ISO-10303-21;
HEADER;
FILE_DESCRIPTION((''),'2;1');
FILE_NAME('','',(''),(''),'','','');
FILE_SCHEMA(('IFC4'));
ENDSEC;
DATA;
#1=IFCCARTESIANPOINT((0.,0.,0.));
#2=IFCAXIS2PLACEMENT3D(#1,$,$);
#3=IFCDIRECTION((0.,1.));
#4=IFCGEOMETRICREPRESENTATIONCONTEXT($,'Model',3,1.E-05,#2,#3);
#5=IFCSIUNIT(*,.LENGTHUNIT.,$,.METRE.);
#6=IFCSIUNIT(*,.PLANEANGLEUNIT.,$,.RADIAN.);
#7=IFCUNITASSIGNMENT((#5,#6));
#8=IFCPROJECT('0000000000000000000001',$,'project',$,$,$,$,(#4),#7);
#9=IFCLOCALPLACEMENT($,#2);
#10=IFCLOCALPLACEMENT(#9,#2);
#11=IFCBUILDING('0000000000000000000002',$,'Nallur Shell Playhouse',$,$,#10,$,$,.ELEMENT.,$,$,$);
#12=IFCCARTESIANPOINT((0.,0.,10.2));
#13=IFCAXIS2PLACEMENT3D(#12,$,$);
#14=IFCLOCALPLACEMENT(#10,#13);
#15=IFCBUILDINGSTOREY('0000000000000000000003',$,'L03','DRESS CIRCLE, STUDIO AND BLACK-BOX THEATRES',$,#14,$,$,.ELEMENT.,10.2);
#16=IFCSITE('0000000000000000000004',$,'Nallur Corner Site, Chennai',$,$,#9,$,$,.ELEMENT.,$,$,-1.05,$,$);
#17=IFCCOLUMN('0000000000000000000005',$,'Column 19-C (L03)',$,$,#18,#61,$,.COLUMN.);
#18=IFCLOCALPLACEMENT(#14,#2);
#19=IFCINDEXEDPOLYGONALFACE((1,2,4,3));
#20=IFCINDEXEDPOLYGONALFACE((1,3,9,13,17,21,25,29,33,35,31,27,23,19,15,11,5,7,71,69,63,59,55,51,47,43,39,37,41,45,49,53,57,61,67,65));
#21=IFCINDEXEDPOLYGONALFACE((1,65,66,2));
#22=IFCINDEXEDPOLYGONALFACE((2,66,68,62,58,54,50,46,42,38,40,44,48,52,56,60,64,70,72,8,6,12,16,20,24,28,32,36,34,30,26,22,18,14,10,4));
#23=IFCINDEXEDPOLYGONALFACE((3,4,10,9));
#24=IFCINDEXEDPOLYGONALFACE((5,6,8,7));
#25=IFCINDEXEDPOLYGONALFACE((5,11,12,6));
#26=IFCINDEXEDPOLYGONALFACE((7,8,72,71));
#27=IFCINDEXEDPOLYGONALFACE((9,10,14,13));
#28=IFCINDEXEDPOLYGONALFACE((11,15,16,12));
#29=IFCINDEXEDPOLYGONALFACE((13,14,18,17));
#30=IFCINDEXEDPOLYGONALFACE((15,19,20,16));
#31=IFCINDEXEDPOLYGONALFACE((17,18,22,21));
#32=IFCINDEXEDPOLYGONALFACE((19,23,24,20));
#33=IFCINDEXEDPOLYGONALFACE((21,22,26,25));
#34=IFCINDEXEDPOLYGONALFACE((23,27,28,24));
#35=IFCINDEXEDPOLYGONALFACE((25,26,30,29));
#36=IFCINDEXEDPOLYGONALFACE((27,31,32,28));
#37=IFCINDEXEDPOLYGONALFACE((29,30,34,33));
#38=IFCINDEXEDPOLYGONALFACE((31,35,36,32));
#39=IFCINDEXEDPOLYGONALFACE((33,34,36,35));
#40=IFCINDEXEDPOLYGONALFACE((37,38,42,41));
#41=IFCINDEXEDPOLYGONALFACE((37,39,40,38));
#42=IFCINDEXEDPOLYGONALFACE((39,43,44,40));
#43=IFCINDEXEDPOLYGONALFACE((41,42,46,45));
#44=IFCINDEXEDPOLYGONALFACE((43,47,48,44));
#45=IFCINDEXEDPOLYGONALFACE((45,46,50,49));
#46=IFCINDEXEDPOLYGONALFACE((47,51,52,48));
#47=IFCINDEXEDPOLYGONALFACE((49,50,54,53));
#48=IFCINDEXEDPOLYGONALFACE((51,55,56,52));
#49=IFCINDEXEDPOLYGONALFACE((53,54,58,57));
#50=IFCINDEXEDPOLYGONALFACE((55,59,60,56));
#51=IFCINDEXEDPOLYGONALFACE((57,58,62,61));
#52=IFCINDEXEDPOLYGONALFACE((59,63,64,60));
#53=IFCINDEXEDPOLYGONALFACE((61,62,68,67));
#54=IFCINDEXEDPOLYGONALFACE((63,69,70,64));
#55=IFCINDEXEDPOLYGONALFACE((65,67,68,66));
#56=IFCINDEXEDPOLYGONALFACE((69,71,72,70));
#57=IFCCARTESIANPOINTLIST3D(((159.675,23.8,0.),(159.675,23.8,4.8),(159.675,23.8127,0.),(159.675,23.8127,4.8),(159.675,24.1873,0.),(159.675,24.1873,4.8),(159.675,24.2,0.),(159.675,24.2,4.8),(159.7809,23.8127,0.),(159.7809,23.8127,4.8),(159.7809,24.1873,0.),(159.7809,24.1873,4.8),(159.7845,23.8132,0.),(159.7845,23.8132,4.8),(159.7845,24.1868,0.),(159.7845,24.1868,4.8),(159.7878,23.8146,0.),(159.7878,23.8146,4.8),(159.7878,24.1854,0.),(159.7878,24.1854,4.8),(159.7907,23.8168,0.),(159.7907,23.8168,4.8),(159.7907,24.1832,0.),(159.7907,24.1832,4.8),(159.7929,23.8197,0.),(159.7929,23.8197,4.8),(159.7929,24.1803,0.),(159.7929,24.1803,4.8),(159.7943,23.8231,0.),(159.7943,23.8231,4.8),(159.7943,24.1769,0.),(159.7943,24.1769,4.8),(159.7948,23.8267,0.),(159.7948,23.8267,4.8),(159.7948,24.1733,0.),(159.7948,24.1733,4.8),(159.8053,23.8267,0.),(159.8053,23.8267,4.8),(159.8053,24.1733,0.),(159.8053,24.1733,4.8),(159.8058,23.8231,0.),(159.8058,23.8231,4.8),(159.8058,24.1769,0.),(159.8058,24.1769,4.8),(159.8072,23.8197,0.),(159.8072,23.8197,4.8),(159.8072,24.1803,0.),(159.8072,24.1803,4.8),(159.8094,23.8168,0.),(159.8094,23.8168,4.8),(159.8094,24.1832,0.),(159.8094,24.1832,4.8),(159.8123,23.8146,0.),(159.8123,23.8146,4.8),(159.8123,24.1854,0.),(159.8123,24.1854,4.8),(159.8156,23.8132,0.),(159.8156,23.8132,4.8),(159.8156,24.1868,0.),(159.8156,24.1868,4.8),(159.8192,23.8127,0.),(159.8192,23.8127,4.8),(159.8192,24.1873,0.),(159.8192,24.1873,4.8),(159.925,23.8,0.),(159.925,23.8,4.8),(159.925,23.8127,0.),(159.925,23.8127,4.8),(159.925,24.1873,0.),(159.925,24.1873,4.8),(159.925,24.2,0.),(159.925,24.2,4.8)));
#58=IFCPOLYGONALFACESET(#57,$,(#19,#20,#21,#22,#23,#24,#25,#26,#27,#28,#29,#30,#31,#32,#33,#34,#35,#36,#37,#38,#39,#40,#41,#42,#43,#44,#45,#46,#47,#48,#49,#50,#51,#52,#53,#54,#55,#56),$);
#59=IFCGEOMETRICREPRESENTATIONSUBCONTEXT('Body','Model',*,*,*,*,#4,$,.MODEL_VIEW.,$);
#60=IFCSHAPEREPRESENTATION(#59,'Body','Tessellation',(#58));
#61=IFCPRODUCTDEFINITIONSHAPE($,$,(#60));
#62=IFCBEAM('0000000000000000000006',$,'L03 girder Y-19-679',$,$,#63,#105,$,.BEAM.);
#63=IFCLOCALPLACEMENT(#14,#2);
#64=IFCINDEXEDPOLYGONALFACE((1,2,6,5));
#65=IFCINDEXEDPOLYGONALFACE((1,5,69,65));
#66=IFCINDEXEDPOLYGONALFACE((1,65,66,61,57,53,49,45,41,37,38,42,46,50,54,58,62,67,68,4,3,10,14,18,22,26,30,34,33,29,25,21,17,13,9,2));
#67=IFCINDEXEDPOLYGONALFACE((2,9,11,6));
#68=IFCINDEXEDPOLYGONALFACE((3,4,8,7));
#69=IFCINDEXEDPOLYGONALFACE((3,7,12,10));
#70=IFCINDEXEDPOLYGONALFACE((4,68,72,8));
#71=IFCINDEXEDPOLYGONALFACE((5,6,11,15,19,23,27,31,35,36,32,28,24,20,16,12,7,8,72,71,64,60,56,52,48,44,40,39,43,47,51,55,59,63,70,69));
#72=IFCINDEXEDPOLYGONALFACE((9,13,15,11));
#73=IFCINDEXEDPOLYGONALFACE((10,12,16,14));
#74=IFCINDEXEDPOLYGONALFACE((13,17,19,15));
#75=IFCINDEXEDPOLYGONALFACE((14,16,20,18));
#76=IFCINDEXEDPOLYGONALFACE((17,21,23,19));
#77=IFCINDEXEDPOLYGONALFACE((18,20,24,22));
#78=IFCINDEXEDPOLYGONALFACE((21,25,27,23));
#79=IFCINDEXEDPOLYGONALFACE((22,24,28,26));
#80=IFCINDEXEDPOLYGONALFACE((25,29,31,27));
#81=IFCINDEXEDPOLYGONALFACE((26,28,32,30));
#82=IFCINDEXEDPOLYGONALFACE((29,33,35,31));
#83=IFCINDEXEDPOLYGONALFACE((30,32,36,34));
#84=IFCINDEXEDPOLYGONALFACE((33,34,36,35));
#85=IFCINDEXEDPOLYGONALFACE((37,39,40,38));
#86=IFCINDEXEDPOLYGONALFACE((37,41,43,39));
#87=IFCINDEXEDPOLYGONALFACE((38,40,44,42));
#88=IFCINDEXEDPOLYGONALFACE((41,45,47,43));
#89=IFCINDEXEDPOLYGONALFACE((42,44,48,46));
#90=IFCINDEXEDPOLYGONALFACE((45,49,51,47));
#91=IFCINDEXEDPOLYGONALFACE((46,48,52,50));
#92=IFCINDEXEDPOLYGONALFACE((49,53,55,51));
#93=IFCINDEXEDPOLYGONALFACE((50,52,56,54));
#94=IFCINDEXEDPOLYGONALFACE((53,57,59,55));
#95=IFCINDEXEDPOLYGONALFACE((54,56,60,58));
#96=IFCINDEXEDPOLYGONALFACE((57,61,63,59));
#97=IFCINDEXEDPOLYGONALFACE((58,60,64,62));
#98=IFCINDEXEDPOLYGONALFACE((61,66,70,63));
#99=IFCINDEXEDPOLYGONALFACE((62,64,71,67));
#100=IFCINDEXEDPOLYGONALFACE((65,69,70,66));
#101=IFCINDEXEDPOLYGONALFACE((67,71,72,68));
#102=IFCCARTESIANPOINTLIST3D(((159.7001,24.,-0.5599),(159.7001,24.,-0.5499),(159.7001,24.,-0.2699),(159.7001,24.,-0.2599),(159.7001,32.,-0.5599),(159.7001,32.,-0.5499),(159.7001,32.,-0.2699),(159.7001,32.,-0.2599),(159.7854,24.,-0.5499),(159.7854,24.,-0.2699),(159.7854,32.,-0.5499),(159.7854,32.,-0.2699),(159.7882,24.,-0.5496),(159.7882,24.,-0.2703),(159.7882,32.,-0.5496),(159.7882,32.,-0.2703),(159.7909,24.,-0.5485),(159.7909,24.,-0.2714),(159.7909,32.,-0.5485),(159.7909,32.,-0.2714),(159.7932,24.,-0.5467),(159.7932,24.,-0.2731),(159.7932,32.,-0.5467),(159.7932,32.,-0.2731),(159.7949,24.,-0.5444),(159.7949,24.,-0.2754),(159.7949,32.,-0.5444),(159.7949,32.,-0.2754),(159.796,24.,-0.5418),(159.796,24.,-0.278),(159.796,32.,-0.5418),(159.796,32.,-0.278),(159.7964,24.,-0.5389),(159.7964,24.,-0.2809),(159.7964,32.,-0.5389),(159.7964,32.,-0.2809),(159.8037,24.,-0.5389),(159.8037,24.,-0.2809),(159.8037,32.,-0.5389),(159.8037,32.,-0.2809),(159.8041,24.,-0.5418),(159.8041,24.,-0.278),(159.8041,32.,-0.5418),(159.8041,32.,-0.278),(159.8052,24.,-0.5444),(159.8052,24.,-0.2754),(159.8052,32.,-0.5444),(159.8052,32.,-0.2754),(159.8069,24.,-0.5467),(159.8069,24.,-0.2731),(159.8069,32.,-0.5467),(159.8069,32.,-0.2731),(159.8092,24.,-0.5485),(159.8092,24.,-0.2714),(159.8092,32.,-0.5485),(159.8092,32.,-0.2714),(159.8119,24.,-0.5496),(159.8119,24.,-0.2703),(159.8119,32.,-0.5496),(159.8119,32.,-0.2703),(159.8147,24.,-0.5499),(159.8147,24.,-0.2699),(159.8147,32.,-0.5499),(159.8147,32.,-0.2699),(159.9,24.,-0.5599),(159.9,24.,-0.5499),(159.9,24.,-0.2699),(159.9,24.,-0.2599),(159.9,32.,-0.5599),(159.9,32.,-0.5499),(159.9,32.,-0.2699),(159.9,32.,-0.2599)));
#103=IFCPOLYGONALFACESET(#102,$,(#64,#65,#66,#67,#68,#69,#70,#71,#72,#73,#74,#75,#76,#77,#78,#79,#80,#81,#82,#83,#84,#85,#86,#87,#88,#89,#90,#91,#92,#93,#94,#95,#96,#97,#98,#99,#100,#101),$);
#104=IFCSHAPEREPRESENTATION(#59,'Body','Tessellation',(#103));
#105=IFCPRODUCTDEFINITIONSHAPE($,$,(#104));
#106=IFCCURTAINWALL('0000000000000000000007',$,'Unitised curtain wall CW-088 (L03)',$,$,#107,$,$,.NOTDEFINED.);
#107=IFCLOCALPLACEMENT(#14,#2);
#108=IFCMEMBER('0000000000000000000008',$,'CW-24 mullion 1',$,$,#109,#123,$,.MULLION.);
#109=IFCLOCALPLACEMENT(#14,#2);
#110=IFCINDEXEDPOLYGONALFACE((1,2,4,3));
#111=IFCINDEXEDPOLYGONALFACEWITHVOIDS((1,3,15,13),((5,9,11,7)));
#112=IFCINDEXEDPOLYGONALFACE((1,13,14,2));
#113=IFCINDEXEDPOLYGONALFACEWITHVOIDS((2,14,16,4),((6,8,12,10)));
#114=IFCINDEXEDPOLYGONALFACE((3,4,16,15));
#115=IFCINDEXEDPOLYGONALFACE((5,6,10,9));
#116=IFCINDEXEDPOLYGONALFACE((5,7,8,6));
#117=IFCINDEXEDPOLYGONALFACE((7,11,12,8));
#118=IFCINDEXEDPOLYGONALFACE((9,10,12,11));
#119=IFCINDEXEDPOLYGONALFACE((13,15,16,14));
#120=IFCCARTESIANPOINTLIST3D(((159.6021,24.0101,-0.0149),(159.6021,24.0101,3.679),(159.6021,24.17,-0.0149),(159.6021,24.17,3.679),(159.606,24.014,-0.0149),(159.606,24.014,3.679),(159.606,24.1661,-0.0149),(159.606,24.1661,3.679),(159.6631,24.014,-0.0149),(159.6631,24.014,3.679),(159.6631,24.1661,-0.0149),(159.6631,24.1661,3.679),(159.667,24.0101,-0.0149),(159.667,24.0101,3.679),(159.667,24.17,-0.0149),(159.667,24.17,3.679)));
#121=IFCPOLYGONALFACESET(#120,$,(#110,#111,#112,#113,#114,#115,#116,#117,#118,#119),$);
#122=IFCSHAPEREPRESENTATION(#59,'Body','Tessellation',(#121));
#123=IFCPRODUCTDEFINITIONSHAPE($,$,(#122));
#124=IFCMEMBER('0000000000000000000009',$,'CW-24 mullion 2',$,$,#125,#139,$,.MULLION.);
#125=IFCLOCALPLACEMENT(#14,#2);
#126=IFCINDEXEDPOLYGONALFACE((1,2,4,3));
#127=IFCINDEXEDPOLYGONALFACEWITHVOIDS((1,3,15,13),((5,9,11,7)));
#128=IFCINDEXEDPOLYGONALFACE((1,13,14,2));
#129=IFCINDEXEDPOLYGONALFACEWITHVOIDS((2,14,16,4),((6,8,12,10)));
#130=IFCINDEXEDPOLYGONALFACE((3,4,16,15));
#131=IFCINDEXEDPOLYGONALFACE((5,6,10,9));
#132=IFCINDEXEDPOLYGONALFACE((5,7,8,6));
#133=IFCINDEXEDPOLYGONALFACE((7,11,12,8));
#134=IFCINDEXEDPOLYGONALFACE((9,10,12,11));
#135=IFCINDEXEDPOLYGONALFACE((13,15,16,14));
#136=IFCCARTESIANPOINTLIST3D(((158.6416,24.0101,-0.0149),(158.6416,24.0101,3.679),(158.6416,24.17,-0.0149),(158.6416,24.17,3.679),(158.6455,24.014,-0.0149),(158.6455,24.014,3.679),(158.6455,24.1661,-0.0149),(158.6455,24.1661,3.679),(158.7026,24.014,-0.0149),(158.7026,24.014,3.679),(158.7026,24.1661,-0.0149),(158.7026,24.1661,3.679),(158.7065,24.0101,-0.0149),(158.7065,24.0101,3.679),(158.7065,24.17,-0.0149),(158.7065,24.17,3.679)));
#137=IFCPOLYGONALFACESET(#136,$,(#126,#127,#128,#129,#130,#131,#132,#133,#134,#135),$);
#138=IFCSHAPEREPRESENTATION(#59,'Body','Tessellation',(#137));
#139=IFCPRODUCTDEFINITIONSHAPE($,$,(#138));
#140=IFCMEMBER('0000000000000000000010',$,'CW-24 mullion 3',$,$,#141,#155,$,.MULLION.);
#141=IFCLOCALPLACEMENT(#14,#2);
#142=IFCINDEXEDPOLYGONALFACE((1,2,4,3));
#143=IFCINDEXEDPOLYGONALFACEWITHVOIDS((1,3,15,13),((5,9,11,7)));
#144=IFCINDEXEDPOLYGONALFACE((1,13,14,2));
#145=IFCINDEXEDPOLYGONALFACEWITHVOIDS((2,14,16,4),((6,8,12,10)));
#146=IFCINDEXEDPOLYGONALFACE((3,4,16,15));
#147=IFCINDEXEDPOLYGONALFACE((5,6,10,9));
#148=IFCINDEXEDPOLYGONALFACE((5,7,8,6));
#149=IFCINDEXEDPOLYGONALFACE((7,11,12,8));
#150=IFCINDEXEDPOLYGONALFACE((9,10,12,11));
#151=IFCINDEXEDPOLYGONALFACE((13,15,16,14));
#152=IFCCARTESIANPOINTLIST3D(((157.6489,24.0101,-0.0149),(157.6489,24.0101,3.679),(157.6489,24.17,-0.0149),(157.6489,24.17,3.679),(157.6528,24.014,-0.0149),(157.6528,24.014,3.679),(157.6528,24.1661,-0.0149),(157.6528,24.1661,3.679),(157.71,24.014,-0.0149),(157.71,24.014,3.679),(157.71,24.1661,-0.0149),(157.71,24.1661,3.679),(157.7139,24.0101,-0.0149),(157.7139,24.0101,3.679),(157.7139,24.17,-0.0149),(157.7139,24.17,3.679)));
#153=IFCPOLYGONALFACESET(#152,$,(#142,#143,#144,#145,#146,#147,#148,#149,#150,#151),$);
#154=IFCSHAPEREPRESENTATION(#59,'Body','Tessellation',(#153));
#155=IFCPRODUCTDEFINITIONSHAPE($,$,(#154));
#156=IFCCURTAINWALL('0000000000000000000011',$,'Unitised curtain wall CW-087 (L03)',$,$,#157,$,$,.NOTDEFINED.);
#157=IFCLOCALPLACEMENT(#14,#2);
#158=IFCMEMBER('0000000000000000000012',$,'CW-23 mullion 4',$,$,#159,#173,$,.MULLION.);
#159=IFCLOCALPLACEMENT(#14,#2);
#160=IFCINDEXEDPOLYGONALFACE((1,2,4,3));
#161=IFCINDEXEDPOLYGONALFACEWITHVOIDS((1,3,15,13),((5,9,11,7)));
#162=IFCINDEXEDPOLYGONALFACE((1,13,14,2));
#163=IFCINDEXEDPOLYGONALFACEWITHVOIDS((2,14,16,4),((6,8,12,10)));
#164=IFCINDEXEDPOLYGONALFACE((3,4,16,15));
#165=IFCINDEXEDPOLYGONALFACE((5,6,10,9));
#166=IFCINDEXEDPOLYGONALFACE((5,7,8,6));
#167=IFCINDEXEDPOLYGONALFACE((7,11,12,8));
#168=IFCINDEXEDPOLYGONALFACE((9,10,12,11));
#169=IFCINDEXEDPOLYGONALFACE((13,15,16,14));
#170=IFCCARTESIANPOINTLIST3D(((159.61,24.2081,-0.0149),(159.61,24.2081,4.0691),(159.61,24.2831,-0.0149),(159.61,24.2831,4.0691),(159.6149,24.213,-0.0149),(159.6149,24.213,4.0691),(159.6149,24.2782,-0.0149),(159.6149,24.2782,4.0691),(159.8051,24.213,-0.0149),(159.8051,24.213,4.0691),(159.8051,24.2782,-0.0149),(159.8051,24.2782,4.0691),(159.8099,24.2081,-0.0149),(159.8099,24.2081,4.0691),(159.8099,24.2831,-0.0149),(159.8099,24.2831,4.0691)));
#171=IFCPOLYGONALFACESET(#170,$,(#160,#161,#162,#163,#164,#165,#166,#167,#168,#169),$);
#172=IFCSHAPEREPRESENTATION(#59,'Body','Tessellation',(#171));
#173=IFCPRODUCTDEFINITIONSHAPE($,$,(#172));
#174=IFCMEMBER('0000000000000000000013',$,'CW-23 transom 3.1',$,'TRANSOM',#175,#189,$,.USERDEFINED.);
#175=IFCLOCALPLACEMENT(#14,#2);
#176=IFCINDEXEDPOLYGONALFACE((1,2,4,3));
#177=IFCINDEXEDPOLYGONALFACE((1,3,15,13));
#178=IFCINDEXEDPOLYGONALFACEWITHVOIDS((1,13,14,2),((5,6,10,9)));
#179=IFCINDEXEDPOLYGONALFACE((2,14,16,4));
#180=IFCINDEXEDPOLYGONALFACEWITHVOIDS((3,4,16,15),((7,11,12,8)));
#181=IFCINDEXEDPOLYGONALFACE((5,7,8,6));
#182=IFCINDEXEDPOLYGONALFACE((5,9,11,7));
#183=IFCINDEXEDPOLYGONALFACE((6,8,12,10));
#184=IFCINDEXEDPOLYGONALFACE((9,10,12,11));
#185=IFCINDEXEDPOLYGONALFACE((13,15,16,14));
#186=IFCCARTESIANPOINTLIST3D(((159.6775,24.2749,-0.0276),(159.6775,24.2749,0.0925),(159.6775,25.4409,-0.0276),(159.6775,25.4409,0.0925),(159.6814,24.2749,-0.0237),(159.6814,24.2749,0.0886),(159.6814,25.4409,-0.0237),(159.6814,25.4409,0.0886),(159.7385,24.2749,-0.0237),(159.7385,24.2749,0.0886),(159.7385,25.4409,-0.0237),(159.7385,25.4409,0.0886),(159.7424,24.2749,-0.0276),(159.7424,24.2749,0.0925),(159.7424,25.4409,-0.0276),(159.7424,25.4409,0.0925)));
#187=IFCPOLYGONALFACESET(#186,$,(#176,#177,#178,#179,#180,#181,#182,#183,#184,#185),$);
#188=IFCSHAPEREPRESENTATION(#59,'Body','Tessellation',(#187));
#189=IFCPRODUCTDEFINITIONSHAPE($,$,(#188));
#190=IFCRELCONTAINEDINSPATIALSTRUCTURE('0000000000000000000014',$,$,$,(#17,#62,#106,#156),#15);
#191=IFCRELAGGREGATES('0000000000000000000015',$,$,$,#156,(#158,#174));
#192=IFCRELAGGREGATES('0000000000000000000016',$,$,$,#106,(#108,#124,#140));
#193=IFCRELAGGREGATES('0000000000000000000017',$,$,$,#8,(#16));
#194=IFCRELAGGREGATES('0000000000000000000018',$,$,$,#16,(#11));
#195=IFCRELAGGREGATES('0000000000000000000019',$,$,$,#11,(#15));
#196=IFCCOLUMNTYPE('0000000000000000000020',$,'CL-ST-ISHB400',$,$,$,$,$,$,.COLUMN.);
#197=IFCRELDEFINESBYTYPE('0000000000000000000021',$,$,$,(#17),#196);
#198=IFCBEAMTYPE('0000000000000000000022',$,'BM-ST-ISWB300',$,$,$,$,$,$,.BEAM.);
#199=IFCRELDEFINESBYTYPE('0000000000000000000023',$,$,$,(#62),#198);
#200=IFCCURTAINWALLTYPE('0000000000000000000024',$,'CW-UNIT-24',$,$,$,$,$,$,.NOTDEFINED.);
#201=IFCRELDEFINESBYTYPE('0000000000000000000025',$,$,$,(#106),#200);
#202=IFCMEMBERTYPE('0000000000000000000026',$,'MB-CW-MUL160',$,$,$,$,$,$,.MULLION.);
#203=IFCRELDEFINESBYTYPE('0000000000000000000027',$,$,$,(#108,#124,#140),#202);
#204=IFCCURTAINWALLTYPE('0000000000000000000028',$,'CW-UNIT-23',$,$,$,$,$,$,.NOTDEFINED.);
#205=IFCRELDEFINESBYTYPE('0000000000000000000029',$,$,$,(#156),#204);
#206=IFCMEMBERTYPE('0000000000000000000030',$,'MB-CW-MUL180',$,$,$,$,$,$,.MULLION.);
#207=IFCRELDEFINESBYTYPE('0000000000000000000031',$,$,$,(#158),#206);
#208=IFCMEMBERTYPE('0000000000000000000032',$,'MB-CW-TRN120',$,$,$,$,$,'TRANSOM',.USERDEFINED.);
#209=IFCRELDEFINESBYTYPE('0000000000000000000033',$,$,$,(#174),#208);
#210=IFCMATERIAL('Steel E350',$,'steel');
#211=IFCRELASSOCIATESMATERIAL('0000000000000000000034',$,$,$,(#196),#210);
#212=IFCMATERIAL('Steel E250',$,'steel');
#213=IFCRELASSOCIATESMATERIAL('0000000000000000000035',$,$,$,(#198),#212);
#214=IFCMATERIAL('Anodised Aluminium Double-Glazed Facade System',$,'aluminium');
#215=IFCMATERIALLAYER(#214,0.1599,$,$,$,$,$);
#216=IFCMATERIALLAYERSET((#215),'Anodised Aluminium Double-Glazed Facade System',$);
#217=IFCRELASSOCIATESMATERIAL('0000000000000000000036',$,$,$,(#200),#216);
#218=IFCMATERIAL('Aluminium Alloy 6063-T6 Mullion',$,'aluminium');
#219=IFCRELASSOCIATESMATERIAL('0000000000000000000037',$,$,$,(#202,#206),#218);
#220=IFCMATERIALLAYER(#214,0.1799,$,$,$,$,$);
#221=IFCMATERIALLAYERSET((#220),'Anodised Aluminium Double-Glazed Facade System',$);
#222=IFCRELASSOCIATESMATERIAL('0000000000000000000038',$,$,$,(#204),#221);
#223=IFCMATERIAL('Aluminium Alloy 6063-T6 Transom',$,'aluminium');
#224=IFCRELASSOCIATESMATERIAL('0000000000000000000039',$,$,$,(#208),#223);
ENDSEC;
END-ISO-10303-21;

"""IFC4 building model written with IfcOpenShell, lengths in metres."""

from ifc_helpers import new_model, si_unit, direction, frame, origin, origin_2d, place, context, subcontext, project, spatial, hollow_rectangle, i_section, extrude, material, layer, layer_set, material_profile, profile_set, type_object, element, aggregate, save


model = new_model("IFC4")

# Units and contexts
model_context = context("Model", 3, precision=1e-05, world=origin(), true_north=direction((0.0, 1.0)))
body_context = subcontext(model_context, "Body", "Model", "MODEL_VIEW")
ifc_project = project(units=[si_unit("LENGTHUNIT", "METRE"), si_unit("PLANEANGLEUNIT", "RADIAN")], contexts=[model_context])

# Site, building, storey
site_placement = place(None, origin())
site = spatial("IfcSite", under=ifc_project, at=site_placement, Name="Nallur Corner Site, Chennai", CompositionType="ELEMENT", RefElevation=-1.05)
building_placement = place(site_placement, origin())
building = spatial("IfcBuilding", under=site, at=building_placement, Name="Nallur Shell Playhouse", CompositionType="ELEMENT")
storey_placement = place(building_placement, frame((0.0, 0.0, 10.2)))
storey = spatial("IfcBuildingStorey", under=building, at=storey_placement, Name="L03", Description="DRESS CIRCLE, STUDIO AND BLACK-BOX THEATRES", CompositionType="ELEMENT", Elevation=10.2)

# Column
ifc_material_1 = material(Name="Steel E350", Category="steel")
ifc_material_profile_1 = material_profile(ifc_material_1, i_section(OverallWidth=0.25, OverallDepth=0.3999, WebThickness=0.0105, FlangeThickness=0.0127, FilletRadius=0.0139, at=origin_2d()), Name="ISHB 400")
ifc_profile_set_1 = profile_set([ifc_material_profile_1], Name="Steel E350")
column_type = type_object("IfcColumnType", Name="CL-ST-ISHB400", PredefinedType="COLUMN", material=ifc_profile_set_1)
column_placement = place(storey_placement, frame((159.8, 24.0, 0.0), z_axis=(0.0, 0.0, 1.0), x_axis=(1.0, 0.0, 0.0)))
element("IfcColumn", 1, at=column_placement, inside=storey, type_object=column_type, Name="Column 19-C (L03)", PredefinedType="COLUMN", context=body_context, shape_type="SweptSolid", body=[
    extrude(i_section(OverallWidth=0.25, OverallDepth=0.3999, WebThickness=0.0105, FlangeThickness=0.0127, FilletRadius=0.0139, at=origin_2d()), origin(), (0.0, 0.0, 1.0), 4.8),
])

# Beam
ifc_material_2 = material(Name="Steel E250", Category="steel")
ifc_material_profile_2 = material_profile(ifc_material_2, i_section(OverallWidth=0.2, OverallDepth=0.3, WebThickness=0.0073, FlangeThickness=0.01, FilletRadius=0.011, at=origin_2d()), Name="ISWB 300")
ifc_profile_set_2 = profile_set([ifc_material_profile_2], Name="Steel E250")
beam_type = type_object("IfcBeamType", Name="BM-ST-ISWB300", PredefinedType="BEAM", material=ifc_profile_set_2)
beam_placement = place(storey_placement, frame((159.8, 24.0, -0.4099), z_axis=(0.0, 1.0, 0.0), x_axis=(-1.0, 0.0, 0.0)))
element("IfcBeam", 2, at=beam_placement, inside=storey, type_object=beam_type, Name="L03 girder Y-19-679", PredefinedType="BEAM", context=body_context, shape_type="SweptSolid", body=[
    extrude(i_section(OverallWidth=0.2, OverallDepth=0.3, WebThickness=0.0073, FlangeThickness=0.01, FilletRadius=0.011, at=origin_2d()), origin(), (0.0, 0.0, 1.0), 8.0),
])

# Curtain walls, members
ifc_material_3 = material(Name="Anodised Aluminium Double-Glazed Facade System", Category="aluminium")
ifc_layer_1 = layer(ifc_material_3, 0.1599)
ifc_layer_set_1 = layer_set([ifc_layer_1], Name="Anodised Aluminium Double-Glazed Facade System")
curtain_wall_type_1 = type_object("IfcCurtainWallType", Name="CW-UNIT-24", PredefinedType="NOTDEFINED", material=ifc_layer_set_1)
curtain_wall_1_placement = place(storey_placement, origin())
curtain_wall_1 = element("IfcCurtainWall", 3, at=curtain_wall_1_placement, inside=storey, type_object=curtain_wall_type_1, Name="Unitised curtain wall CW-088 (L03)", PredefinedType="NOTDEFINED")
ifc_material_4 = material(Name="Aluminium Alloy 6063-T6 Mullion", Category="aluminium")
ifc_material_profile_3 = material_profile(ifc_material_4, hollow_rectangle(XDim=0.0649, YDim=0.1599, WallThickness=0.0039, at=origin_2d()), Name="ALU 65x160x4")
ifc_profile_set_3 = profile_set([ifc_material_profile_3], Name="Aluminium Alloy 6063-T6 Mullion")
member_type_1 = type_object("IfcMemberType", Name="MB-CW-MUL160", PredefinedType="MULLION", material=ifc_profile_set_3)
member_1_placement = place(storey_placement, frame((159.6345, 24.0901, -0.0149), z_axis=(0.0, 0.0, 1.0), x_axis=(-1.0, 0.0, 0.0)))
member_1 = element("IfcMember", 4, at=member_1_placement, type_object=member_type_1, Name="CW-24 mullion 1", PredefinedType="MULLION", context=body_context, shape_type="SweptSolid", body=[
    extrude(hollow_rectangle(XDim=0.0649, YDim=0.1599, WallThickness=0.0039, at=origin_2d()), origin(), (0.0, 0.0, 1.0), 3.6938),
])
member_2_placement = place(storey_placement, frame((158.6741, 24.0901, -0.0149), z_axis=(0.0, 0.0, 1.0), x_axis=(-1.0, 0.0, 0.0)))
member_2 = element("IfcMember", 5, at=member_2_placement, type_object=member_type_1, Name="CW-24 mullion 2", PredefinedType="MULLION", context=body_context, shape_type="SweptSolid", body=[
    extrude(hollow_rectangle(XDim=0.0649, YDim=0.1599, WallThickness=0.0039, at=origin_2d()), origin(), (0.0, 0.0, 1.0), 3.6938),
])
member_3_placement = place(storey_placement, frame((157.6814, 24.0901, -0.0149), z_axis=(0.0, 0.0, 1.0), x_axis=(-1.0, 0.0, 0.0)))
member_3 = element("IfcMember", 6, at=member_3_placement, type_object=member_type_1, Name="CW-24 mullion 3", PredefinedType="MULLION", context=body_context, shape_type="SweptSolid", body=[
    extrude(hollow_rectangle(XDim=0.0649, YDim=0.1599, WallThickness=0.0039, at=origin_2d()), origin(), (0.0, 0.0, 1.0), 3.6938),
])
ifc_layer_2 = layer(ifc_material_3, 0.1799)
ifc_layer_set_2 = layer_set([ifc_layer_2], Name="Anodised Aluminium Double-Glazed Facade System")
curtain_wall_type_2 = type_object("IfcCurtainWallType", Name="CW-UNIT-23", PredefinedType="NOTDEFINED", material=ifc_layer_set_2)
curtain_wall_2_placement = place(storey_placement, origin())
curtain_wall_2 = element("IfcCurtainWall", 7, at=curtain_wall_2_placement, inside=storey, type_object=curtain_wall_type_2, Name="Unitised curtain wall CW-087 (L03)", PredefinedType="NOTDEFINED")
ifc_material_profile_4 = material_profile(ifc_material_4, hollow_rectangle(XDim=0.075, YDim=0.2, WallThickness=0.0049, at=origin_2d()), Name="ALU 75x200x5")
ifc_profile_set_4 = profile_set([ifc_material_profile_4], Name="Aluminium Alloy 6063-T6 Mullion")
member_type_2 = type_object("IfcMemberType", Name="MB-CW-MUL180", PredefinedType="MULLION", material=ifc_profile_set_4)
member_4_placement = place(storey_placement, frame((159.71, 24.2456, -0.0149), z_axis=(0.0, 0.0, 1.0), x_axis=(0.0, -1.0, 0.0)))
member_4 = element("IfcMember", 8, at=member_4_placement, type_object=member_type_2, Name="CW-23 mullion 4", PredefinedType="MULLION", context=body_context, shape_type="SweptSolid", body=[
    extrude(hollow_rectangle(XDim=0.075, YDim=0.2, WallThickness=0.0049, at=origin_2d()), origin(), (0.0, 0.0, 1.0), 4.084),
])
ifc_material_5 = material(Name="Aluminium Alloy 6063-T6 Transom", Category="aluminium")
ifc_material_profile_5 = material_profile(ifc_material_5, hollow_rectangle(XDim=0.0649, YDim=0.1201, WallThickness=0.0039, at=origin_2d()), Name="ALU 65x120x4")
ifc_profile_set_5 = profile_set([ifc_material_profile_5], Name="Aluminium Alloy 6063-T6 Transom")
member_type_3 = type_object("IfcMemberType", Name="MB-CW-TRN120", ElementType="TRANSOM", PredefinedType="USERDEFINED", material=ifc_profile_set_5)
member_5_placement = place(storey_placement, frame((159.71, 25.4409, 0.0325), z_axis=(0.0, -1.0, 0.0), x_axis=(1.0, 0.0, 0.0)))
member_5 = element("IfcMember", 9, at=member_5_placement, type_object=member_type_3, Name="CW-23 transom 3.1", ObjectType="TRANSOM", PredefinedType="USERDEFINED", context=body_context, shape_type="SweptSolid", body=[
    extrude(hollow_rectangle(XDim=0.0649, YDim=0.1201, WallThickness=0.0039, at=origin_2d()), origin(), (0.0, 0.0, 1.0), 1.166),
])

aggregate(curtain_wall_2, [member_4, member_5])
aggregate(curtain_wall_1, [member_1, member_2, member_3])

save(model, "model.ifc")
